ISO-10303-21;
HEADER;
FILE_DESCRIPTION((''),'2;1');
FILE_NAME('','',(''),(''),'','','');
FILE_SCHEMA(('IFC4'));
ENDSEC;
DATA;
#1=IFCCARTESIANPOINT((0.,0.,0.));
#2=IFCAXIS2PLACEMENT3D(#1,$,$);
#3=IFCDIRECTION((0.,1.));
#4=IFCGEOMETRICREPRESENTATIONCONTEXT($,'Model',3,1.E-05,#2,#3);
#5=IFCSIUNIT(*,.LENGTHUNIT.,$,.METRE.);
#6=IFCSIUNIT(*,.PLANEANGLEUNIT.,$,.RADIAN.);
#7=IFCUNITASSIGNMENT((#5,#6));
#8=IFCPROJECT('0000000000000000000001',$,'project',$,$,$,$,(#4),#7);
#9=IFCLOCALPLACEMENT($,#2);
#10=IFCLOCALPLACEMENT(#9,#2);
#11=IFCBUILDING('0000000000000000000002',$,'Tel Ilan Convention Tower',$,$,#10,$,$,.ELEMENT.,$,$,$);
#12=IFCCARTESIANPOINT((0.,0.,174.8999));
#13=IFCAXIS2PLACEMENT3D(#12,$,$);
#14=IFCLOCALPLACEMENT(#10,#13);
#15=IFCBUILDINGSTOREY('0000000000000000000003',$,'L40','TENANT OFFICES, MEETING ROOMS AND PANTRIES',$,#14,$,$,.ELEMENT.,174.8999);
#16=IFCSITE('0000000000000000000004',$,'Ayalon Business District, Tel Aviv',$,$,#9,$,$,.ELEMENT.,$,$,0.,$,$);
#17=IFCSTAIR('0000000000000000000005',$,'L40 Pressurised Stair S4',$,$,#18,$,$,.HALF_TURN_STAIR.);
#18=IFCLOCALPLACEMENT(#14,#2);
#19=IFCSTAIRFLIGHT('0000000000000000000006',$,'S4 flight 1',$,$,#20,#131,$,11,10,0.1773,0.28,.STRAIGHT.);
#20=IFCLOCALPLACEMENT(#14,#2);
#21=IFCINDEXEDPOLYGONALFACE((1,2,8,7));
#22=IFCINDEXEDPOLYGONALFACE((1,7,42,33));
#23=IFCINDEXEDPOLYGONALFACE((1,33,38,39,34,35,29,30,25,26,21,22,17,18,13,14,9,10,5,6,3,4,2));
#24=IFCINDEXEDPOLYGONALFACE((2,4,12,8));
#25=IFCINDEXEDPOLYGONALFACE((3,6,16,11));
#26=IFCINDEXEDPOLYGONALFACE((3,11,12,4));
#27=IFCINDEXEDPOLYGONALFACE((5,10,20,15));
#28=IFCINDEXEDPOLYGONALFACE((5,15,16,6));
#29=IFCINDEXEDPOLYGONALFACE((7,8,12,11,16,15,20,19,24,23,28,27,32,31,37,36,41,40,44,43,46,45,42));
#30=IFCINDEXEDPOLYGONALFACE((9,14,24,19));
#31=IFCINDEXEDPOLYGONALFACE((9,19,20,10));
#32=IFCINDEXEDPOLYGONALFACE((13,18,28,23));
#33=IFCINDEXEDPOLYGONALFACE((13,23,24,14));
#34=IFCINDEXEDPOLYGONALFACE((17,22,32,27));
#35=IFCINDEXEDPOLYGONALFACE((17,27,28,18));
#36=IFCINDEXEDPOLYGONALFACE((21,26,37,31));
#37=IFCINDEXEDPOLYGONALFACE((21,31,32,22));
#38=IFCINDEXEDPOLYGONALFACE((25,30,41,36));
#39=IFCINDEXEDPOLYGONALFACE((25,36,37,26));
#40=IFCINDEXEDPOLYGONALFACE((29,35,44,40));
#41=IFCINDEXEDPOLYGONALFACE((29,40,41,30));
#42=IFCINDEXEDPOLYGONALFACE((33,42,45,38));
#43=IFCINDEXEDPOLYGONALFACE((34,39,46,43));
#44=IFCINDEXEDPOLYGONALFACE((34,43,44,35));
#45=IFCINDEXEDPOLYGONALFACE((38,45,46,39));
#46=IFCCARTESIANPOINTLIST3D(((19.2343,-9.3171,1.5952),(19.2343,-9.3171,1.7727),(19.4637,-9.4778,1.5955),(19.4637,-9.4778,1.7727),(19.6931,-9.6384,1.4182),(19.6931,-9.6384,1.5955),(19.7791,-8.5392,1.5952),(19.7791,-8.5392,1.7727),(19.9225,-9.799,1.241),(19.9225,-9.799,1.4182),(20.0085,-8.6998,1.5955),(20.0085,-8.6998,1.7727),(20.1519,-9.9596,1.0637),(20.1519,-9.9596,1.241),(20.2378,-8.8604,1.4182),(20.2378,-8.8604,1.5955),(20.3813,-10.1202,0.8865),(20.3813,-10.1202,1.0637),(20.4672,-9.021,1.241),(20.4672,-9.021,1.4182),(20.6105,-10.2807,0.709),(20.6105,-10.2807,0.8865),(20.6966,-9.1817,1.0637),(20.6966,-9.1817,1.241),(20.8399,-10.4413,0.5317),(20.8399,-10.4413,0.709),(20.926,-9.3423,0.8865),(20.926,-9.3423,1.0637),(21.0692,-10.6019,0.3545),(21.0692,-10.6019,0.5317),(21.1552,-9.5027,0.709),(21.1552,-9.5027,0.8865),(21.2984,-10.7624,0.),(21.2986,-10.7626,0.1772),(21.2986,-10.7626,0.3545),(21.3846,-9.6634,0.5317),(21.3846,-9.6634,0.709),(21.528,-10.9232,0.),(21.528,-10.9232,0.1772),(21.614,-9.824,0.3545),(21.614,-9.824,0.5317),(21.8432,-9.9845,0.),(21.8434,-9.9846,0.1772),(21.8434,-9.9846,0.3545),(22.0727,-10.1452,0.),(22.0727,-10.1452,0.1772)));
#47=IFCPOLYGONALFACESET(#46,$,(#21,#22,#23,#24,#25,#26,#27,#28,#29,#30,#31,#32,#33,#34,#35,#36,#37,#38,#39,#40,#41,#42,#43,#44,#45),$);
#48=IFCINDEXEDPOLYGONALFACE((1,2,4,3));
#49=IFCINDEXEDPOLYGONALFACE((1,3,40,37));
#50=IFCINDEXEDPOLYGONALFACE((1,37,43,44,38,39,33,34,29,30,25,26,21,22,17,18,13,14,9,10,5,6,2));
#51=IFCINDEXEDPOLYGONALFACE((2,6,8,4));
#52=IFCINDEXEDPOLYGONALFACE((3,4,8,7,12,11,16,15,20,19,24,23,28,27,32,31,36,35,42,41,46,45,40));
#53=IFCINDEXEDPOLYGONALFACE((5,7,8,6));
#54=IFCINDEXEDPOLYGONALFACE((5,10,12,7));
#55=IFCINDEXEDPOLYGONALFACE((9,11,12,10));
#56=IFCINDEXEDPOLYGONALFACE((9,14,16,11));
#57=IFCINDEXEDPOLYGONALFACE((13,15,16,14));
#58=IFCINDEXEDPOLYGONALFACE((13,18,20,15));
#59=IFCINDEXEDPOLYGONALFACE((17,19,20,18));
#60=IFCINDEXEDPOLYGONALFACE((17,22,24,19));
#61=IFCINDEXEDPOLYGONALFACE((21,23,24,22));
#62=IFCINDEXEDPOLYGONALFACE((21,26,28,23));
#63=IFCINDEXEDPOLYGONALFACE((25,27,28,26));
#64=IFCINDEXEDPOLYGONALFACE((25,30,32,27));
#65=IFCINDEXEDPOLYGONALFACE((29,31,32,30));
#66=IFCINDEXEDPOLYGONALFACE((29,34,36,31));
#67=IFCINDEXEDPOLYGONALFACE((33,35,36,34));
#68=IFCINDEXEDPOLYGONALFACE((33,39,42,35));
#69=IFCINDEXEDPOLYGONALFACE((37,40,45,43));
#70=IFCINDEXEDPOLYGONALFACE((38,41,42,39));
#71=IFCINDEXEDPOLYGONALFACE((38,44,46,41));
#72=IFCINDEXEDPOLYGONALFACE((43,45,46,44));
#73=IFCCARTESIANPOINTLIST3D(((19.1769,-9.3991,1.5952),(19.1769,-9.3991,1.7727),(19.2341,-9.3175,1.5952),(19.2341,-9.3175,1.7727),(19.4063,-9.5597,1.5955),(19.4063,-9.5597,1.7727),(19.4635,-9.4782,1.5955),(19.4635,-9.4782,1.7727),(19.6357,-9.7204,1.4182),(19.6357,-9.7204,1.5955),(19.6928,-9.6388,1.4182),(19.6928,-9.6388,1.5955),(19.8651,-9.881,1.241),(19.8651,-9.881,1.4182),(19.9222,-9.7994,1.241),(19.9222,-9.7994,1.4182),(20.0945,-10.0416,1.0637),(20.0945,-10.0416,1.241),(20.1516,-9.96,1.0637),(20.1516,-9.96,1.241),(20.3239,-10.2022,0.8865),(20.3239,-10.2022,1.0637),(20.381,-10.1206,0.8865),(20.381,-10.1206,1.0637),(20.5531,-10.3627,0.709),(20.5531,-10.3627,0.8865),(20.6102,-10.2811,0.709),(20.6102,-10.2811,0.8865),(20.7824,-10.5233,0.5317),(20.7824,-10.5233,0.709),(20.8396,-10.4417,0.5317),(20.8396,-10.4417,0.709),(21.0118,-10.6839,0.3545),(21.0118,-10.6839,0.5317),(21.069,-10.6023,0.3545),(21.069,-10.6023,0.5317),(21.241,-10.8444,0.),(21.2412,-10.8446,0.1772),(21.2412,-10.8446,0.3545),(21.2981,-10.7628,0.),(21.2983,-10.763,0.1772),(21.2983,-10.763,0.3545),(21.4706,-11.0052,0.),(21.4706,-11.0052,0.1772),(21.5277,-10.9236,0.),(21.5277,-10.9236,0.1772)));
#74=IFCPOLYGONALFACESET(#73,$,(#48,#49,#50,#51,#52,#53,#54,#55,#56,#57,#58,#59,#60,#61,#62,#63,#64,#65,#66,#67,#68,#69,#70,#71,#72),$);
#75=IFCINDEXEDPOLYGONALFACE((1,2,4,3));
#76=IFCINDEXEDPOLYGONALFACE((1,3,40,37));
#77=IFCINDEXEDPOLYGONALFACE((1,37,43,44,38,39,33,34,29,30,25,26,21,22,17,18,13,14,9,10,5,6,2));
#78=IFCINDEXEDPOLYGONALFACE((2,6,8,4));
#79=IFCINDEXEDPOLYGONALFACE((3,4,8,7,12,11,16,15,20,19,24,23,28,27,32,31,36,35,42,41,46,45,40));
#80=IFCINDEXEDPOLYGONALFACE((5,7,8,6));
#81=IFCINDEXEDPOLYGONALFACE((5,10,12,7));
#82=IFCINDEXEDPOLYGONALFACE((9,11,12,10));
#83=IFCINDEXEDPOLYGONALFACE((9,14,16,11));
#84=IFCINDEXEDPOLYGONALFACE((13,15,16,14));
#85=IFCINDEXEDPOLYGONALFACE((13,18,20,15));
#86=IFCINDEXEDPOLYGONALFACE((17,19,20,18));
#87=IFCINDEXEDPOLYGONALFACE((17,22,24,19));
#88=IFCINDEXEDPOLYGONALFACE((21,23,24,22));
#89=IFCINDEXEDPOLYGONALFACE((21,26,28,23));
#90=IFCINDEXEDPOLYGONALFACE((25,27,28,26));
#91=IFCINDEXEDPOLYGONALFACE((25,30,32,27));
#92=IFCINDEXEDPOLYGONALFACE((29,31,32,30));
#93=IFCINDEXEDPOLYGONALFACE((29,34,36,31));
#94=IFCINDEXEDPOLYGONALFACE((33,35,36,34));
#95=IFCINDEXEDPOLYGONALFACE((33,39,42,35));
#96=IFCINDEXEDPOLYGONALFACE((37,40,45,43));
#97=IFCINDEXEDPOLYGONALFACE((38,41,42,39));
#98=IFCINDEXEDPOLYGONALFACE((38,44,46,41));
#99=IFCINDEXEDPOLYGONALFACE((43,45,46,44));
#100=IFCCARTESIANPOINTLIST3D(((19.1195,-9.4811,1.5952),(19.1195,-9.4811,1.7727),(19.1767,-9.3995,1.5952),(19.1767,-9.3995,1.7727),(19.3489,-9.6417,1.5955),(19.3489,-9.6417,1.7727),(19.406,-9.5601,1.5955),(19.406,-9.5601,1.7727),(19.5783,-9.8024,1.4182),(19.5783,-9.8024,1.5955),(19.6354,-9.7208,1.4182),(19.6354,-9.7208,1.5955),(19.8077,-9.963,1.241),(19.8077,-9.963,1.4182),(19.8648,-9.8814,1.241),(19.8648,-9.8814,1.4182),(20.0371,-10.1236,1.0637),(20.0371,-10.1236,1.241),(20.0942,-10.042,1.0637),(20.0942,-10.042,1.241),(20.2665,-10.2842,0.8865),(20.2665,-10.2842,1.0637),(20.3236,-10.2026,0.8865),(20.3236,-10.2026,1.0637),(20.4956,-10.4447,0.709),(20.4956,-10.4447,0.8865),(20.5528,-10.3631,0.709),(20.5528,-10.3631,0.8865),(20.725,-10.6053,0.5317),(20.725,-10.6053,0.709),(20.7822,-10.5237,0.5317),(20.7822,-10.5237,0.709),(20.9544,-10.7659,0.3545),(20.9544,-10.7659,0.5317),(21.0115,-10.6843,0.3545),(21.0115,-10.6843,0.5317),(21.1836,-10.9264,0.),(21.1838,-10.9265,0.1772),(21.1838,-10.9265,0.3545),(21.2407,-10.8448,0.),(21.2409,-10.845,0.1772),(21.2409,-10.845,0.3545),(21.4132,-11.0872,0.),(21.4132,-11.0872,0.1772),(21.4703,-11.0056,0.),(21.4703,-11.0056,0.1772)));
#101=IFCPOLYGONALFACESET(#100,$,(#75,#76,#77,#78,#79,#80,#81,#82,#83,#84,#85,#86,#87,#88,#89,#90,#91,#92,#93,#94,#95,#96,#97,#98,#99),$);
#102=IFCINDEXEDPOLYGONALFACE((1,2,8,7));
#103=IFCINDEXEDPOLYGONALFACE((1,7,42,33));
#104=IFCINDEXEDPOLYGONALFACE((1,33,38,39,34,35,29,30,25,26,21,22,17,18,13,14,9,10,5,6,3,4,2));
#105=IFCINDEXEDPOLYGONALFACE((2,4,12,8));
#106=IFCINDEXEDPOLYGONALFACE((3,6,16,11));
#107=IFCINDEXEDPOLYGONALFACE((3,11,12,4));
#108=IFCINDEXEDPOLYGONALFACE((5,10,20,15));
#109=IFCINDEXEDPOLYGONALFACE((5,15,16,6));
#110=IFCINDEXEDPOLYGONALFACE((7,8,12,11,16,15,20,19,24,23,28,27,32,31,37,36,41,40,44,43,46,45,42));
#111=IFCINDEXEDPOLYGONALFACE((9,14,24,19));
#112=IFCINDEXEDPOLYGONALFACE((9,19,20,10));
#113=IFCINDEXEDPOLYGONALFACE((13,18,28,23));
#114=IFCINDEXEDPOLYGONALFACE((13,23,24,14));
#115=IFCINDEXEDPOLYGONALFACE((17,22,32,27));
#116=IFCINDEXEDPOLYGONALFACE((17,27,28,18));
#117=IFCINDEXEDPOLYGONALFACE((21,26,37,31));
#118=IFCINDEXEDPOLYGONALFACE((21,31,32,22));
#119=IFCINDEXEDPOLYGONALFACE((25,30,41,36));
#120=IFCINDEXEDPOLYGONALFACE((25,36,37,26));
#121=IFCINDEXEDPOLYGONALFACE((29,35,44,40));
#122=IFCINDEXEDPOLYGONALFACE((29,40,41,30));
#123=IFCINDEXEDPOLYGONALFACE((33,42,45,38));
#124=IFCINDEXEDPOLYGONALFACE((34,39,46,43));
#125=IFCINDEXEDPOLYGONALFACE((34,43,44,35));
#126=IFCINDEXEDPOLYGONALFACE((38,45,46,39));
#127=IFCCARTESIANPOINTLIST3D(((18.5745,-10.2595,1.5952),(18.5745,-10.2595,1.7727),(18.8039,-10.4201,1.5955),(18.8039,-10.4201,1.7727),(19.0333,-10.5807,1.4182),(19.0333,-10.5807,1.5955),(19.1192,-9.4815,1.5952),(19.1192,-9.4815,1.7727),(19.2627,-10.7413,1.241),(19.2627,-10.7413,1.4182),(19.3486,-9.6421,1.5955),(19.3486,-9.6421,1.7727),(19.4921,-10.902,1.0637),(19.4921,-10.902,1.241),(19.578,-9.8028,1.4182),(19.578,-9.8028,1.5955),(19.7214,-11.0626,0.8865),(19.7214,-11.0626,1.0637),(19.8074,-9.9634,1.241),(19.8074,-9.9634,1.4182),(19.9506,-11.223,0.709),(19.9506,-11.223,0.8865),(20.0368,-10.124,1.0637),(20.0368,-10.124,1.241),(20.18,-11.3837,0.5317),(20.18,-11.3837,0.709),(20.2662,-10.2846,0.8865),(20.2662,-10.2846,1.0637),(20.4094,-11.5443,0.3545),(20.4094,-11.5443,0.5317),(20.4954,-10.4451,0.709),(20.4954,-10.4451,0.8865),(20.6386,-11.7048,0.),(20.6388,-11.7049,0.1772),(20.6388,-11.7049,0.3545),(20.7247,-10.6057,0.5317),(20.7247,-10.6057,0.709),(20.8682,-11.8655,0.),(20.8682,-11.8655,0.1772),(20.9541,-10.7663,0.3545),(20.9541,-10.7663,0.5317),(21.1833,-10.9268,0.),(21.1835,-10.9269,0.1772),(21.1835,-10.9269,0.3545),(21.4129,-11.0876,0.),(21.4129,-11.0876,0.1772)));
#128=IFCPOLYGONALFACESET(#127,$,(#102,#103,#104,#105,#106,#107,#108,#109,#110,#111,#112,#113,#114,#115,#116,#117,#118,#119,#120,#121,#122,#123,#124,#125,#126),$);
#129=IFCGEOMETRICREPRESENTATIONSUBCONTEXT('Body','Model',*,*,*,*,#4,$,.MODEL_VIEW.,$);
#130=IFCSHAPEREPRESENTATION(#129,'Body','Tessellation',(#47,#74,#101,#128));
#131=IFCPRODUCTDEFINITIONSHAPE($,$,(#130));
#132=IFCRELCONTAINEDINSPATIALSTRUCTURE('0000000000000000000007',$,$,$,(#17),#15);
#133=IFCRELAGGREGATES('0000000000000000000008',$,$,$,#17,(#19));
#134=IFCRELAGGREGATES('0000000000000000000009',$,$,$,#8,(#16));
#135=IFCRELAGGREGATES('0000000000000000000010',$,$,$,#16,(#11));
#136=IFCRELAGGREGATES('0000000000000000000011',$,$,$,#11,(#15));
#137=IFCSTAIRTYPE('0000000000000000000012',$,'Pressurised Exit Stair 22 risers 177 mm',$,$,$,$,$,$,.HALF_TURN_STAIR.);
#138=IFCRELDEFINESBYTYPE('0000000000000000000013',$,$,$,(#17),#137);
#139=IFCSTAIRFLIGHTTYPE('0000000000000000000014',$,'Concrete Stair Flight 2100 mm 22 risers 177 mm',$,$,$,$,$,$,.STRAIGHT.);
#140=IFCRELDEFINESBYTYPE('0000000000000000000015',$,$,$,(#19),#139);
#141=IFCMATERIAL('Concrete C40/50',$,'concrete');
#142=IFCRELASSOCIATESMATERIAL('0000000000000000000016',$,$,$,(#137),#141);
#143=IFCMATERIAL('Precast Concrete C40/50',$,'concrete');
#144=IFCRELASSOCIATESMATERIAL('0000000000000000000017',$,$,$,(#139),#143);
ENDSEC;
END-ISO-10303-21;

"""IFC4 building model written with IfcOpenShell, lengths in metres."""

from ifc_helpers import new_model, si_unit, direction, frame, origin, place, context, subcontext, project, spatial, polyline, outline, extrude, material, type_object, element, aggregate, save


model = new_model("IFC4")

# Units and contexts
model_context = context("Model", 3, precision=1e-05, world=origin(), true_north=direction((0.0, 1.0)))
body_context = subcontext(model_context, "Body", "Model", "MODEL_VIEW")
ifc_project = project(units=[si_unit("LENGTHUNIT", "METRE"), si_unit("PLANEANGLEUNIT", "RADIAN")], contexts=[model_context])

# Site, building, storey
site_placement = place(None, origin())
site = spatial("IfcSite", under=ifc_project, at=site_placement, Name="Ayalon Business District, Tel Aviv", CompositionType="ELEMENT", RefElevation=0.0)
building_placement = place(site_placement, origin())
building = spatial("IfcBuilding", under=site, at=building_placement, Name="Tel Ilan Convention Tower", CompositionType="ELEMENT")
storey_placement = place(building_placement, frame((0.0, 0.0, 174.8999)))
storey = spatial("IfcBuildingStorey", under=building, at=storey_placement, Name="L40", Description="TENANT OFFICES, MEETING ROOMS AND PANTRIES", CompositionType="ELEMENT", Elevation=174.8999)

# Shared definitions
ifc_material_1 = material(Name="Concrete C40/50", Category="concrete")
stair_type = type_object("IfcStairType", Name="Pressurised Exit Stair 22 risers 177 mm", PredefinedType="HALF_TURN_STAIR", material=ifc_material_1)
ifc_material_2 = material(Name="Precast Concrete C40/50", Category="concrete")
stair_flight_type = type_object("IfcStairFlightType", Name="Concrete Stair Flight 2100 mm 22 risers 177 mm", PredefinedType="STRAIGHT", material=ifc_material_2)

# Stair, stair flight
stair_1_placement = place(storey_placement, origin())
stair_1 = element("IfcStair", 1, at=stair_1_placement, inside=storey, type_object=stair_type, Name="L40 Pressurised Stair S4", PredefinedType="HALF_TURN_STAIR")
stair_flight_1_placement = place(storey_placement, frame((21.4705, -11.0054, 0.0), z_axis=(0.0, 0.0, 1.0), x_axis=(-0.819152, 0.573576, 0.0)))
stair_flight_1 = element("IfcStairFlight", 2, at=stair_flight_1_placement, type_object=stair_flight_type, Name="S4 flight 1", NumberOfRisers=11, NumberOfTreads=10, PredefinedType="STRAIGHT", RiserHeight=0.1773, TreadLength=0.28, context=body_context, shape_type="SweptSolid", body=[
    extrude(outline(polyline([(0.0, 0.0), (0.0, 0.1772), (0.28, 0.1772), (0.28, 0.3545), (0.5601, 0.3545), (0.5601, 0.5317), (0.8401, 0.5317), (0.8401, 0.709), (1.1201, 0.709), (1.1201, 0.8865), (1.3999, 0.8865), (1.3999, 1.0637), (1.6799, 1.0637), (1.6799, 1.241), (1.96, 1.241), (1.96, 1.4182), (2.24, 1.4182), (2.24, 1.5955), (2.52, 1.5955), (2.52, 1.7727), (2.8, 1.7727), (2.8, 1.95), (2.8, 1.5952), (0.2803, 0.0), (0.0, 0.0)])), frame((0.0, -0.1003, 0.0), z_axis=(0.0, -1.0, 0.0), x_axis=(1.0, 0.0, 0.0)), (0.0, 0.0, 1.0), 0.9497),
    extrude(outline(polyline([(0.0, 0.0), (0.0, 0.1772), (0.28, 0.1772), (0.28, 0.3545), (0.5601, 0.3545), (0.5601, 0.5317), (0.8401, 0.5317), (0.8401, 0.709), (1.1201, 0.709), (1.1201, 0.8865), (1.3999, 0.8865), (1.3999, 1.0637), (1.6799, 1.0637), (1.6799, 1.241), (1.96, 1.241), (1.96, 1.4182), (2.24, 1.4182), (2.24, 1.5955), (2.52, 1.5955), (2.52, 1.7727), (2.8, 1.7727), (2.8, 1.95), (2.8, 1.5952), (0.2803, 0.0), (0.0, 0.0)])), frame((0.0, -0.0002, 0.0), z_axis=(0.0, -1.0, 0.0), x_axis=(1.0, 0.0, 0.0)), (0.0, 0.0, 1.0), 0.0996),
    extrude(outline(polyline([(0.0, 0.0), (0.0, 0.1772), (0.28, 0.1772), (0.28, 0.3545), (0.5601, 0.3545), (0.5601, 0.5317), (0.8401, 0.5317), (0.8401, 0.709), (1.1201, 0.709), (1.1201, 0.8865), (1.3999, 0.8865), (1.3999, 1.0637), (1.6799, 1.0637), (1.6799, 1.241), (1.96, 1.241), (1.96, 1.4182), (2.24, 1.4182), (2.24, 1.5955), (2.52, 1.5955), (2.52, 1.7727), (2.8, 1.7727), (2.8, 1.95), (2.8, 1.5952), (0.2803, 0.0), (0.0, 0.0)])), frame((0.0, 0.0999, 0.0), z_axis=(0.0, -1.0, 0.0), x_axis=(1.0, 0.0, 0.0)), (0.0, 0.0, 1.0), 0.0996),
    extrude(outline(polyline([(0.0, 0.0), (0.0, 0.1772), (0.28, 0.1772), (0.28, 0.3545), (0.5601, 0.3545), (0.5601, 0.5317), (0.8401, 0.5317), (0.8401, 0.709), (1.1201, 0.709), (1.1201, 0.8865), (1.3999, 0.8865), (1.3999, 1.0637), (1.6799, 1.0637), (1.6799, 1.241), (1.96, 1.241), (1.96, 1.4182), (2.24, 1.4182), (2.24, 1.5955), (2.52, 1.5955), (2.52, 1.7727), (2.8, 1.7727), (2.8, 1.95), (2.8, 1.5952), (0.2803, 0.0), (0.0, 0.0)])), frame((0.0, 1.05, 0.0), z_axis=(0.0, -1.0, 0.0), x_axis=(1.0, 0.0, 0.0)), (0.0, 0.0, 1.0), 0.9497),
])
aggregate(stair_1, [stair_flight_1])

save(model, "model.ifc")
